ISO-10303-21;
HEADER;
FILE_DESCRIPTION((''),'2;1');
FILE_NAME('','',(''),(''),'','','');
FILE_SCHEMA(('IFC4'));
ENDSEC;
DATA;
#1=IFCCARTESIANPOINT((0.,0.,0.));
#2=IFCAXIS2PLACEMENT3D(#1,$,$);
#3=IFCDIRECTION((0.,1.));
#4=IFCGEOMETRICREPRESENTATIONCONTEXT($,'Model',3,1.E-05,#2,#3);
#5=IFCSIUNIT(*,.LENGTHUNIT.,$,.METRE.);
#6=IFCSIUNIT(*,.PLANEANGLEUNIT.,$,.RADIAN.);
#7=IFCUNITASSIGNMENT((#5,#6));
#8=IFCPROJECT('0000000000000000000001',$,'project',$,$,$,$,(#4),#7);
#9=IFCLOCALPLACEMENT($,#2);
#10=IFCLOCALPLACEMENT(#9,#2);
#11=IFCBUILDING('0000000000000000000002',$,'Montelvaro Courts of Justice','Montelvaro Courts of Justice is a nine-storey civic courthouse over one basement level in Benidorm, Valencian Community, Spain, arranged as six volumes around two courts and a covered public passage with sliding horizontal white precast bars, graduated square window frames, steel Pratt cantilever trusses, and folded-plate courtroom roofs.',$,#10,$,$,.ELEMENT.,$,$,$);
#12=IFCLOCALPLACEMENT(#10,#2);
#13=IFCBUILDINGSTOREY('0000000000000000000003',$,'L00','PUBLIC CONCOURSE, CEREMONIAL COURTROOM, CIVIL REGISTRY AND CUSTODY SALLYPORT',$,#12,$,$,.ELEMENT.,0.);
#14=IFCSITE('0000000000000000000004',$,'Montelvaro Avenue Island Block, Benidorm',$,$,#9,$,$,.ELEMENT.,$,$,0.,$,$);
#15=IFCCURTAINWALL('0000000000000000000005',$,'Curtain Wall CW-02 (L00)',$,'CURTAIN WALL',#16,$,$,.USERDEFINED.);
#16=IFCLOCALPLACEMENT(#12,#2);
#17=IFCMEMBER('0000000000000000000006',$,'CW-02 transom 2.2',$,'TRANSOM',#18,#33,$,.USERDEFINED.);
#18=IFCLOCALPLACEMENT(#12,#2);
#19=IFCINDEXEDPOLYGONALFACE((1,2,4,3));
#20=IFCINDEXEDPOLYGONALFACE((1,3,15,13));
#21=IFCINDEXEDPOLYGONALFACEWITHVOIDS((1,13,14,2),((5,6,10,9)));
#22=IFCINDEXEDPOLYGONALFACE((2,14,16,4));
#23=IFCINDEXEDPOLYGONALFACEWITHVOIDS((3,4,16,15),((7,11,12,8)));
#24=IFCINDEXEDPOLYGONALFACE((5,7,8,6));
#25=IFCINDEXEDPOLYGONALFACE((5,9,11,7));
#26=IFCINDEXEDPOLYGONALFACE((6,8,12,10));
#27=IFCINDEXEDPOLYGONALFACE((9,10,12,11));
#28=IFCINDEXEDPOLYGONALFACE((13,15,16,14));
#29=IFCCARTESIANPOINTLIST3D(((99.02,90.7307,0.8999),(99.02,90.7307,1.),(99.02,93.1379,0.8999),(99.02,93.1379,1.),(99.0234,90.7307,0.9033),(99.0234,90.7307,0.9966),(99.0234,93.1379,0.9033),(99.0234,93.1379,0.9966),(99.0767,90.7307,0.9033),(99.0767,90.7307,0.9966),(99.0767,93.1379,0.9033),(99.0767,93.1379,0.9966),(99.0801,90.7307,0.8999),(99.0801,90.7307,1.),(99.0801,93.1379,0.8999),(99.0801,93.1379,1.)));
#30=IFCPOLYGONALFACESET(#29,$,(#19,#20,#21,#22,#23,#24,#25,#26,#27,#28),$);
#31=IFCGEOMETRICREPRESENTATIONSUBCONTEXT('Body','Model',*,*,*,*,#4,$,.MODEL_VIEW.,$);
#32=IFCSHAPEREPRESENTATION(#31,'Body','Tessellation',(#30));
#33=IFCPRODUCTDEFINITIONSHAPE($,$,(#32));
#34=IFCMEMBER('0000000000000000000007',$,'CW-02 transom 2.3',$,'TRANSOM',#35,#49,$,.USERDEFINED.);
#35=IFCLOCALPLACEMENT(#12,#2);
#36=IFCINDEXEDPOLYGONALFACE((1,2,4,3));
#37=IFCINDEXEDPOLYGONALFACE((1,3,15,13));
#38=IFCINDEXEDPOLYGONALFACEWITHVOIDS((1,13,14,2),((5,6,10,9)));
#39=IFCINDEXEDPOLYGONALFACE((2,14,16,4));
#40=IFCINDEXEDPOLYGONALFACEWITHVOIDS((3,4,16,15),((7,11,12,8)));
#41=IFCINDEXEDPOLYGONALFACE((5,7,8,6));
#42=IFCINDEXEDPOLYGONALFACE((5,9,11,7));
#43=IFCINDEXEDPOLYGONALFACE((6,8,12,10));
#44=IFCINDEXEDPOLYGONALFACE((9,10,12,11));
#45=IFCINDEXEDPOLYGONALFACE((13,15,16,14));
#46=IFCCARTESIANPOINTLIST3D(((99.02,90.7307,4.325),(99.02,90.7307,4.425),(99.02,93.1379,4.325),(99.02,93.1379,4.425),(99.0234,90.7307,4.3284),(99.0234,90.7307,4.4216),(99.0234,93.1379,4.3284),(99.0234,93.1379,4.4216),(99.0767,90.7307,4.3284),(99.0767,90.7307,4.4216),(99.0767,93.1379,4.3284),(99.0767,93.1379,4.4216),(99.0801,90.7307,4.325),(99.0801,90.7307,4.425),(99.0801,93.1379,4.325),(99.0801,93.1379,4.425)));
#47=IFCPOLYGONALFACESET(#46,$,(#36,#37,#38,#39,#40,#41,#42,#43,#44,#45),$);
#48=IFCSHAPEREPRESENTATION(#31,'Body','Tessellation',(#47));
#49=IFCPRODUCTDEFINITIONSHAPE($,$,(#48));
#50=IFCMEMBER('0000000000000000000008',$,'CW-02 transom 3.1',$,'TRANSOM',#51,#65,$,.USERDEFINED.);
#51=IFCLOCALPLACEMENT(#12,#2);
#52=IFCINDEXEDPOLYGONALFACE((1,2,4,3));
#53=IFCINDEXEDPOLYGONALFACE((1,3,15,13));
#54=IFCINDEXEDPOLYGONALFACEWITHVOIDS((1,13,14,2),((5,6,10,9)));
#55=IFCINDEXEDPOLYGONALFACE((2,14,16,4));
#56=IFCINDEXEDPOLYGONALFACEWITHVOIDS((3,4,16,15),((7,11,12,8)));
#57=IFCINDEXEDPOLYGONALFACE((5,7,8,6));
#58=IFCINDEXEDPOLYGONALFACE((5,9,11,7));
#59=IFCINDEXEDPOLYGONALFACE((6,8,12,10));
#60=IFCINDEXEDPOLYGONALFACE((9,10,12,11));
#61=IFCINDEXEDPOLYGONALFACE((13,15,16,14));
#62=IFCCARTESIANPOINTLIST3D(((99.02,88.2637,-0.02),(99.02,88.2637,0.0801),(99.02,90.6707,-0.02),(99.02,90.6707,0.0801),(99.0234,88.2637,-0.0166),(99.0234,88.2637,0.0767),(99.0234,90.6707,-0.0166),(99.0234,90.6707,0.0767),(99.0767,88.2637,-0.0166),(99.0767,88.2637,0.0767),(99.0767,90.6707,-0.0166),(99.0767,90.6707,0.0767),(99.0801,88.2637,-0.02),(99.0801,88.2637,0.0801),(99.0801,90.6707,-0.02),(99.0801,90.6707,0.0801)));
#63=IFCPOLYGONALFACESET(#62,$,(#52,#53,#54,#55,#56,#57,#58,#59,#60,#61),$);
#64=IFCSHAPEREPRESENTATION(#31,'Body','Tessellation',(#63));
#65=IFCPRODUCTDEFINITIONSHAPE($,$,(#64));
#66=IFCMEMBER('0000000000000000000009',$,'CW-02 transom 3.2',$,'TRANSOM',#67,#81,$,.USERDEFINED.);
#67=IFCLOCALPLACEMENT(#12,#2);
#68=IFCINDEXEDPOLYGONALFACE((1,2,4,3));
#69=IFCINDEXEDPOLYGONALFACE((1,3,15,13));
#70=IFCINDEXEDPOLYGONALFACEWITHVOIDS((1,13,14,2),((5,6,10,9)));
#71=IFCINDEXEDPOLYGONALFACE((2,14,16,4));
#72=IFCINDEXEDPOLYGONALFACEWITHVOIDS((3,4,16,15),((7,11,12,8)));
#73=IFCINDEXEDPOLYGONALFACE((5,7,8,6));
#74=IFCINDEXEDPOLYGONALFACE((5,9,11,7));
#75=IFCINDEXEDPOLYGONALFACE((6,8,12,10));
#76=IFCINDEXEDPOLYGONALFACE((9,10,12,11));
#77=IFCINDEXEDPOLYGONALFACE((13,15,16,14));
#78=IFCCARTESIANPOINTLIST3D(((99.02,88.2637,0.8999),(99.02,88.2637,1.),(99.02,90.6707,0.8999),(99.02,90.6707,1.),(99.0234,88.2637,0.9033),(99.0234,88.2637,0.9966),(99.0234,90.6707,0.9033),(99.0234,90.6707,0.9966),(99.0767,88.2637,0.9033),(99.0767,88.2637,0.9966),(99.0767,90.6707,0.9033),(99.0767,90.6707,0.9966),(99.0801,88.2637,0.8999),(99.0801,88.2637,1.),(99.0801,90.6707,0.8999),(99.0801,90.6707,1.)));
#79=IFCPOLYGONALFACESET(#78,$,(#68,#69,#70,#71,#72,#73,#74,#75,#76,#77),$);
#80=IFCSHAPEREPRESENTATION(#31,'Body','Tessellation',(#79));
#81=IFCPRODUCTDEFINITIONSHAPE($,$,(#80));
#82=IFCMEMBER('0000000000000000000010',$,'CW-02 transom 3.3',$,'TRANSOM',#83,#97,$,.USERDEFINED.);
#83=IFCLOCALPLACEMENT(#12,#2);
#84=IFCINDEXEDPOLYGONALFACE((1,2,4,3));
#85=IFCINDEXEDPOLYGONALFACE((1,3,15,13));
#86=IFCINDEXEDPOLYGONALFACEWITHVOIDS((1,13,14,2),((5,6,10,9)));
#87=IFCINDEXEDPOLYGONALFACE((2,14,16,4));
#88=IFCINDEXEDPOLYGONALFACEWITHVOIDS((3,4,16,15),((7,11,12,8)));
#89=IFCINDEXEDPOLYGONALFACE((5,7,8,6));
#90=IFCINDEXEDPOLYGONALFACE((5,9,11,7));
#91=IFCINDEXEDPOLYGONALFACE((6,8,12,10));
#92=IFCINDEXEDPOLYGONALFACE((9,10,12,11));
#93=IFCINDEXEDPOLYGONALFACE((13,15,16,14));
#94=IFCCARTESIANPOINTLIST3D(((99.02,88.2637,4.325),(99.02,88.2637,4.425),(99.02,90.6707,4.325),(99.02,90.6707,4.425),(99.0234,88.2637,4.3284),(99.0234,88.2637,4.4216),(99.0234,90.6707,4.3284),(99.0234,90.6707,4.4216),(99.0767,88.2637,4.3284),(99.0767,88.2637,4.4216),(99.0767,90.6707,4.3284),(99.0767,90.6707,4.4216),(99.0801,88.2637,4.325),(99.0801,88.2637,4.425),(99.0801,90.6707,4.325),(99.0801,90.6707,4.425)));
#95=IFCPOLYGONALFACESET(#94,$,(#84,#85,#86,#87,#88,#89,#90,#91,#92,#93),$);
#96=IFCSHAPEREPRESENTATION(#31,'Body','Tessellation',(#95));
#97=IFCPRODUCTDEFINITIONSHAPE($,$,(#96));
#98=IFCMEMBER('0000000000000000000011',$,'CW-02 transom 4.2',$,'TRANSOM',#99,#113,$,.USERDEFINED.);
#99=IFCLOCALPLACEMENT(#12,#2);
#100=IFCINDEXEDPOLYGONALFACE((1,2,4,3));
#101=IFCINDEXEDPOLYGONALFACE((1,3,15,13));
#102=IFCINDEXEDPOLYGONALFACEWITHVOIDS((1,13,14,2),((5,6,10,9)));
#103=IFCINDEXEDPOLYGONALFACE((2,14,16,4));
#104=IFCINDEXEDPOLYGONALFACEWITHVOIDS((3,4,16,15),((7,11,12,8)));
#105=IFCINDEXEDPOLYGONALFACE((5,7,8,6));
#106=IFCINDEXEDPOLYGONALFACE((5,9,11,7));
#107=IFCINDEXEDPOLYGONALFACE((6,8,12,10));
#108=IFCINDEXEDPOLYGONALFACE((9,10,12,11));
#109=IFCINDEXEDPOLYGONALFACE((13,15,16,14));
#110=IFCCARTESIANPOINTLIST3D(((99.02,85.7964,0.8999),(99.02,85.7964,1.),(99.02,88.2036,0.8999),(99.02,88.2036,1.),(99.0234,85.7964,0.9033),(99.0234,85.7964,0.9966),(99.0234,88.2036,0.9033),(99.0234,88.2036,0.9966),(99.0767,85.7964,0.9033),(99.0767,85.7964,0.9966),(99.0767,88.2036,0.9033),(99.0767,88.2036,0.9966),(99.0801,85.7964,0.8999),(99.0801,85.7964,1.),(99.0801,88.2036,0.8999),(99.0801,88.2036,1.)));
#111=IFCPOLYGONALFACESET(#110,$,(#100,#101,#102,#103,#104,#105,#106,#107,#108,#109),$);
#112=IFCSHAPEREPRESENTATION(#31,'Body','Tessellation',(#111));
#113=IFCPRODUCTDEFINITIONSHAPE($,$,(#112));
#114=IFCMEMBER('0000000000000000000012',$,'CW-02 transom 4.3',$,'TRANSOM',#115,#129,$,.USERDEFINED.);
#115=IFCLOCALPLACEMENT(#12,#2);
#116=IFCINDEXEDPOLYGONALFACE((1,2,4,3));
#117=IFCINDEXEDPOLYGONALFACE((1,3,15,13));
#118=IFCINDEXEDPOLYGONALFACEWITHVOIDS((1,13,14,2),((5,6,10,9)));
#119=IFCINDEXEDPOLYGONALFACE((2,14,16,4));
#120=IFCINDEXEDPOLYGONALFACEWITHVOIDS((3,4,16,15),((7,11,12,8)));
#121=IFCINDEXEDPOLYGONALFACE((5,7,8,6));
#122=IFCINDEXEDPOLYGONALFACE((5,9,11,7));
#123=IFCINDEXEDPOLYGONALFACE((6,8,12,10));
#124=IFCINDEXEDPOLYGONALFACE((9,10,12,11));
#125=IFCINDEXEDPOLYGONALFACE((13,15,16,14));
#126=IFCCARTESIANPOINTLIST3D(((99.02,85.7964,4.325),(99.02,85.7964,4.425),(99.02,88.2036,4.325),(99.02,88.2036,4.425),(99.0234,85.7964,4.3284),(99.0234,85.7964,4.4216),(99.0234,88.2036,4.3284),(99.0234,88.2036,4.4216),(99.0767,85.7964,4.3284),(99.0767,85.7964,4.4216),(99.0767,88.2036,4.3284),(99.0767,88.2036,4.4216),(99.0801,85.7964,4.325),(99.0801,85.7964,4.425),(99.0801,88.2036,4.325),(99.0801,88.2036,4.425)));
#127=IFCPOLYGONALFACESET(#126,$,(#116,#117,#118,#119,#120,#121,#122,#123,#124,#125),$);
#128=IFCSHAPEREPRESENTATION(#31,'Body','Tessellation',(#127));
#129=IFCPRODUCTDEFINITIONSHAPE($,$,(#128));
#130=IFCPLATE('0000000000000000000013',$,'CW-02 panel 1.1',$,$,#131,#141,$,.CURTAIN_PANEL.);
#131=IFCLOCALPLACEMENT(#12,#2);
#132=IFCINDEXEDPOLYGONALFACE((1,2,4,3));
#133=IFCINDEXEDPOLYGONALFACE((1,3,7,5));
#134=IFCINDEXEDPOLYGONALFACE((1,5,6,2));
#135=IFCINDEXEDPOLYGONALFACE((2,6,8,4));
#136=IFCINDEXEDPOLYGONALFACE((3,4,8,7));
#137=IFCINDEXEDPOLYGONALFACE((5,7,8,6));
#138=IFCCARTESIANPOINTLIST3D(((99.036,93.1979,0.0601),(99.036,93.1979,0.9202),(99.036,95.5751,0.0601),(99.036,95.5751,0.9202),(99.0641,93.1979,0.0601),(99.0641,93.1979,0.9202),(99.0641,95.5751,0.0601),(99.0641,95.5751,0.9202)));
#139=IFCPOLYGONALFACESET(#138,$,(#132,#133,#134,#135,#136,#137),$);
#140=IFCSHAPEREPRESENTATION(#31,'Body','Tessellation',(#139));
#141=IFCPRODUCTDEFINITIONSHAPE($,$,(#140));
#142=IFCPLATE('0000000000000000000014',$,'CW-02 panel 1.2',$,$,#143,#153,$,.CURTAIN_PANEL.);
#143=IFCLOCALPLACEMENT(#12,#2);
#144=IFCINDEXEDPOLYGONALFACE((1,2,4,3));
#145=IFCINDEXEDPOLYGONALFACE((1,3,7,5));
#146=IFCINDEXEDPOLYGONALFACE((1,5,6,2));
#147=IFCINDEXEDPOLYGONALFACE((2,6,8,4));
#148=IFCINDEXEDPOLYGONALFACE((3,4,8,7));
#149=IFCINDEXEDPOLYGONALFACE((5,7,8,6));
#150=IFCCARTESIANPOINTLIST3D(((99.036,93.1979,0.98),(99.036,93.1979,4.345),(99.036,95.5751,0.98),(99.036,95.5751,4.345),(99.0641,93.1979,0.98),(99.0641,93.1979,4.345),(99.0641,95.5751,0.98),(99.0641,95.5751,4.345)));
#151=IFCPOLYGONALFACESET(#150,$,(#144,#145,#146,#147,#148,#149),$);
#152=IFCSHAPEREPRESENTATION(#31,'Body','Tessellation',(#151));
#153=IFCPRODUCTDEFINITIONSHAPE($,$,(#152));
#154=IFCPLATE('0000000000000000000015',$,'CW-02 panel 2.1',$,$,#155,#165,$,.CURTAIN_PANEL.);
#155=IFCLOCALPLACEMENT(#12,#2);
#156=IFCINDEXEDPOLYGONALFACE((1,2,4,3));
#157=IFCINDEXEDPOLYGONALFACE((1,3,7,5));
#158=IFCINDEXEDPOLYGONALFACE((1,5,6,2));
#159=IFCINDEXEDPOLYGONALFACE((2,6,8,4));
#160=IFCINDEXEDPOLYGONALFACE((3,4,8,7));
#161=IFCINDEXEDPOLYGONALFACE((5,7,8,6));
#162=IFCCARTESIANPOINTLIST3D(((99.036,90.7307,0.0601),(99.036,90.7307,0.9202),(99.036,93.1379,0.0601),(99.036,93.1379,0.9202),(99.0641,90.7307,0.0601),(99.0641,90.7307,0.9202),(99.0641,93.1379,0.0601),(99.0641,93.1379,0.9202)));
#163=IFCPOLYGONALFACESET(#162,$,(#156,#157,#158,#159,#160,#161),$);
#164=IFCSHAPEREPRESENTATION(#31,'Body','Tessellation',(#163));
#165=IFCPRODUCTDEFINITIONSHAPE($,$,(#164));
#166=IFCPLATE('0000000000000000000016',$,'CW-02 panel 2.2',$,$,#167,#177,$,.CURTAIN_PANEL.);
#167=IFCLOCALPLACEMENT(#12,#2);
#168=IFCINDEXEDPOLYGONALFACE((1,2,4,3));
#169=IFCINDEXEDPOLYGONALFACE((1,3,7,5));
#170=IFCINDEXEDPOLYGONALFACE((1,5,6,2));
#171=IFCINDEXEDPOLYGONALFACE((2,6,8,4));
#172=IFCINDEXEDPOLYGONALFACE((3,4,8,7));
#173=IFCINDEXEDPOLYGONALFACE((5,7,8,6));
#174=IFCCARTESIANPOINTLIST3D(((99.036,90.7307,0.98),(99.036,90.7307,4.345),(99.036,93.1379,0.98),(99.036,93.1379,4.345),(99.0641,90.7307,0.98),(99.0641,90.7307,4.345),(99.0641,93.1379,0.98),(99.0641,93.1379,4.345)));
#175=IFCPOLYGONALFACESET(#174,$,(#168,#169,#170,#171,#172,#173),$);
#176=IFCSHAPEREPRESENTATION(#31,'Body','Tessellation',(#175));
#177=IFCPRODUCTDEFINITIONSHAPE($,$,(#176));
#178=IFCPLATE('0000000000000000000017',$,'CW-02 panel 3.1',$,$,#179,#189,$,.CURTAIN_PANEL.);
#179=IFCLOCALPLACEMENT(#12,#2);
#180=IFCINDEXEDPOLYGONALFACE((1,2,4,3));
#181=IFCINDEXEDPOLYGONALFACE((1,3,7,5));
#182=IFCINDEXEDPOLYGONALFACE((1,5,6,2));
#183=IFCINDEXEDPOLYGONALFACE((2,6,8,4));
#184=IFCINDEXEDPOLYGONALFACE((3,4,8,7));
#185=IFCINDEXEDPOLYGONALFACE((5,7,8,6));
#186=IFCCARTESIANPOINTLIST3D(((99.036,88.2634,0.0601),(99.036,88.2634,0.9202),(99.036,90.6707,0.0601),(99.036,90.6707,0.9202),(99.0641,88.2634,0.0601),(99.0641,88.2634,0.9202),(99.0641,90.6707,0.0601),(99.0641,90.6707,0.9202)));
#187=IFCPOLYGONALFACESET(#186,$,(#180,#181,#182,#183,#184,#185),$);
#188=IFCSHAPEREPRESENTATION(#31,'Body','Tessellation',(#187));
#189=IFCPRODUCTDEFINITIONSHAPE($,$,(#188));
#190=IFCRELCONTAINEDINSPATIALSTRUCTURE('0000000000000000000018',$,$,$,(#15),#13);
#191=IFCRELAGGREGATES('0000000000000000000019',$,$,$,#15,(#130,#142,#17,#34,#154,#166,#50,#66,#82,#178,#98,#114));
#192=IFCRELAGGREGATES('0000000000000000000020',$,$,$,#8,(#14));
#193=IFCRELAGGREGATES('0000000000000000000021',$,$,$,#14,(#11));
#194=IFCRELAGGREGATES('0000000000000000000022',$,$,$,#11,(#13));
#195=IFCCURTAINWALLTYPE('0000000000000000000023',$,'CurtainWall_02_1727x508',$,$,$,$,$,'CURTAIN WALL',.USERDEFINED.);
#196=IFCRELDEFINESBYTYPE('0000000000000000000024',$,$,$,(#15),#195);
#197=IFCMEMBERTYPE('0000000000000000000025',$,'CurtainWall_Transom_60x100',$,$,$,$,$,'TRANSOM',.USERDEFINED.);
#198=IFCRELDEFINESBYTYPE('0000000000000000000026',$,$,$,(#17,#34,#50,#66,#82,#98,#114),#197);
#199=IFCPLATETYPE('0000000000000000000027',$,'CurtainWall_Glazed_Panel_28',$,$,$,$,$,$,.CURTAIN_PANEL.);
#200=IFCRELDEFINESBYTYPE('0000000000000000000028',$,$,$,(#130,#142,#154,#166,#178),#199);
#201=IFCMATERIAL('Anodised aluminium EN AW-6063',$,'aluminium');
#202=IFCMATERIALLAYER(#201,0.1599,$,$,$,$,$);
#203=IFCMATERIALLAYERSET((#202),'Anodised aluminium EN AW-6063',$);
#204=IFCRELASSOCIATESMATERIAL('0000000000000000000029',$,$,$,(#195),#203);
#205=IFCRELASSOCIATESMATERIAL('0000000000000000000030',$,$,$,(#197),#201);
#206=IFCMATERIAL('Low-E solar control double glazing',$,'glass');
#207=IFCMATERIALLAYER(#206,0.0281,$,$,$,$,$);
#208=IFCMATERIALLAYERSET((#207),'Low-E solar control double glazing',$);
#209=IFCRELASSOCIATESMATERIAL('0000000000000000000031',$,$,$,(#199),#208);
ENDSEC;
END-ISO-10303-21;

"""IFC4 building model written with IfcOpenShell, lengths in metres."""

from ifc_helpers import new_model, si_unit, direction, frame, origin, origin_2d, place, context, subcontext, project, spatial, rectangle, hollow_rectangle, extrude, material, layer, layer_set, material_profile, profile_set, type_object, element, aggregate, save


model = new_model("IFC4")

# Units and contexts
model_context = context("Model", 3, precision=1e-05, world=origin(), true_north=direction((0.0, 1.0)))
body_context = subcontext(model_context, "Body", "Model", "MODEL_VIEW")
ifc_project = project(units=[si_unit("LENGTHUNIT", "METRE"), si_unit("PLANEANGLEUNIT", "RADIAN")], contexts=[model_context])

# Site, building, storey
site_placement = place(None, origin())
site = spatial("IfcSite", under=ifc_project, at=site_placement, Name="Montelvaro Avenue Island Block, Benidorm", CompositionType="ELEMENT", RefElevation=0.0)
building_placement = place(site_placement, origin())
building = spatial("IfcBuilding", under=site, at=building_placement, Name="Montelvaro Courts of Justice", Description="Montelvaro Courts of Justice is a nine-storey civic courthouse over one basement level in Benidorm, Valencian Community, Spain, arranged as six volumes around two courts and a covered public passage with sliding horizontal white precast bars, graduated square window frames, steel Pratt cantilever trusses, and folded-plate courtroom roofs.", CompositionType="ELEMENT")
storey_placement = place(building_placement, origin())
storey = spatial("IfcBuildingStorey", under=building, at=storey_placement, Name="L00", Description="PUBLIC CONCOURSE, CEREMONIAL COURTROOM, CIVIL REGISTRY AND CUSTODY SALLYPORT", CompositionType="ELEMENT", Elevation=0.0)

# Curtain wall, members, plates
ifc_material_1 = material(Name="Anodised aluminium EN AW-6063", Category="aluminium")
ifc_layer_1 = layer(ifc_material_1, 0.1599)
ifc_layer_set_1 = layer_set([ifc_layer_1], Name="Anodised aluminium EN AW-6063")
curtain_wall_type = type_object("IfcCurtainWallType", Name="CurtainWall_02_1727x508", ElementType="CURTAIN WALL", PredefinedType="USERDEFINED", material=ifc_layer_set_1)
curtain_wall_placement = place(storey_placement, origin())
curtain_wall = element("IfcCurtainWall", 1, at=curtain_wall_placement, inside=storey, type_object=curtain_wall_type, Name="Curtain Wall CW-02 (L00)", ObjectType="CURTAIN WALL", PredefinedType="USERDEFINED")
ifc_material_profile_1 = material_profile(ifc_material_1, hollow_rectangle(XDim=0.0601, YDim=0.1001, WallThickness=0.0034, at=origin_2d()), Name="ALU-T 60x100")
ifc_profile_set_1 = profile_set([ifc_material_profile_1], Name="Anodised aluminium EN AW-6063")
member_type_1 = type_object("IfcMemberType", Name="CurtainWall_Transom_60x100", ElementType="TRANSOM", PredefinedType="USERDEFINED", material=ifc_profile_set_1)
member_1_placement = place(storey_placement, frame((99.05, 93.1379, 0.95), z_axis=(0.0, -1.0, 0.0), x_axis=(1.0, 0.0, 0.0)))
member_1 = element("IfcMember", 2, at=member_1_placement, type_object=member_type_1, Name="CW-02 transom 2.2", ObjectType="TRANSOM", PredefinedType="USERDEFINED", context=body_context, shape_type="SweptSolid", body=[
    extrude(hollow_rectangle(XDim=0.0601, YDim=0.1001, WallThickness=0.0034, at=origin_2d()), origin(), (0.0, 0.0, 1.0), 2.4072),
])
member_2_placement = place(storey_placement, frame((99.05, 93.1379, 4.375), z_axis=(0.0, -1.0, 0.0), x_axis=(1.0, 0.0, 0.0)))
member_2 = element("IfcMember", 3, at=member_2_placement, type_object=member_type_1, Name="CW-02 transom 2.3", ObjectType="TRANSOM", PredefinedType="USERDEFINED", context=body_context, shape_type="SweptSolid", body=[
    extrude(hollow_rectangle(XDim=0.0601, YDim=0.1001, WallThickness=0.0034, at=origin_2d()), origin(), (0.0, 0.0, 1.0), 2.4072),
])
member_3_placement = place(storey_placement, frame((99.05, 90.6707, 0.03), z_axis=(0.0, -1.0, 0.0), x_axis=(1.0, 0.0, 0.0)))
member_3 = element("IfcMember", 4, at=member_3_placement, type_object=member_type_1, Name="CW-02 transom 3.1", ObjectType="TRANSOM", PredefinedType="USERDEFINED", context=body_context, shape_type="SweptSolid", body=[
    extrude(hollow_rectangle(XDim=0.0601, YDim=0.1001, WallThickness=0.0034, at=origin_2d()), origin(), (0.0, 0.0, 1.0), 2.407),
])
member_4_placement = place(storey_placement, frame((99.05, 90.6707, 0.95), z_axis=(0.0, -1.0, 0.0), x_axis=(1.0, 0.0, 0.0)))
member_4 = element("IfcMember", 5, at=member_4_placement, type_object=member_type_1, Name="CW-02 transom 3.2", ObjectType="TRANSOM", PredefinedType="USERDEFINED", context=body_context, shape_type="SweptSolid", body=[
    extrude(hollow_rectangle(XDim=0.0601, YDim=0.1001, WallThickness=0.0034, at=origin_2d()), origin(), (0.0, 0.0, 1.0), 2.407),
])
member_5_placement = place(storey_placement, frame((99.05, 90.6707, 4.375), z_axis=(0.0, -1.0, 0.0), x_axis=(1.0, 0.0, 0.0)))
member_5 = element("IfcMember", 6, at=member_5_placement, type_object=member_type_1, Name="CW-02 transom 3.3", ObjectType="TRANSOM", PredefinedType="USERDEFINED", context=body_context, shape_type="SweptSolid", body=[
    extrude(hollow_rectangle(XDim=0.0601, YDim=0.1001, WallThickness=0.0034, at=origin_2d()), origin(), (0.0, 0.0, 1.0), 2.407),
])
member_6_placement = place(storey_placement, frame((99.05, 88.2036, 0.95), z_axis=(0.0, -1.0, 0.0), x_axis=(1.0, 0.0, 0.0)))
member_6 = element("IfcMember", 7, at=member_6_placement, type_object=member_type_1, Name="CW-02 transom 4.2", ObjectType="TRANSOM", PredefinedType="USERDEFINED", context=body_context, shape_type="SweptSolid", body=[
    extrude(hollow_rectangle(XDim=0.0601, YDim=0.1001, WallThickness=0.0034, at=origin_2d()), origin(), (0.0, 0.0, 1.0), 2.4072),
])
member_7_placement = place(storey_placement, frame((99.05, 88.2036, 4.375), z_axis=(0.0, -1.0, 0.0), x_axis=(1.0, 0.0, 0.0)))
member_7 = element("IfcMember", 8, at=member_7_placement, type_object=member_type_1, Name="CW-02 transom 4.3", ObjectType="TRANSOM", PredefinedType="USERDEFINED", context=body_context, shape_type="SweptSolid", body=[
    extrude(hollow_rectangle(XDim=0.0601, YDim=0.1001, WallThickness=0.0034, at=origin_2d()), origin(), (0.0, 0.0, 1.0), 2.4072),
])
ifc_material_2 = material(Name="Low-E solar control double glazing", Category="glass")
ifc_layer_2 = layer(ifc_material_2, 0.0281)
ifc_layer_set_2 = layer_set([ifc_layer_2], Name="Low-E solar control double glazing")
plate_type_1 = type_object("IfcPlateType", Name="CurtainWall_Glazed_Panel_28", PredefinedType="CURTAIN_PANEL", material=ifc_layer_set_2)
plate_1_placement = place(storey_placement, frame((99.05, 94.3865, 0.0601), z_axis=(0.0, 0.0, 1.0), x_axis=(0.0, -1.0, 0.0)))
plate_1 = element("IfcPlate", 9, at=plate_1_placement, type_object=plate_type_1, Name="CW-02 panel 1.1", PredefinedType="CURTAIN_PANEL", context=body_context, shape_type="SweptSolid", body=[
    extrude(rectangle(XDim=2.3772, YDim=0.0281, at=origin_2d()), origin(), (0.0, 0.0, 1.0), 0.8601),
])
plate_2_placement = place(storey_placement, frame((99.05, 94.3865, 0.98), z_axis=(0.0, 0.0, 1.0), x_axis=(0.0, -1.0, 0.0)))
plate_2 = element("IfcPlate", 10, at=plate_2_placement, type_object=plate_type_1, Name="CW-02 panel 1.2", PredefinedType="CURTAIN_PANEL", context=body_context, shape_type="SweptSolid", body=[
    extrude(rectangle(XDim=2.3772, YDim=0.0281, at=origin_2d()), origin(), (0.0, 0.0, 1.0), 3.365),
])
plate_3_placement = place(storey_placement, frame((99.05, 91.9343, 0.0601), z_axis=(0.0, 0.0, 1.0), x_axis=(0.0, -1.0, 0.0)))
plate_3 = element("IfcPlate", 11, at=plate_3_placement, type_object=plate_type_1, Name="CW-02 panel 2.1", PredefinedType="CURTAIN_PANEL", context=body_context, shape_type="SweptSolid", body=[
    extrude(rectangle(XDim=2.4072, YDim=0.0281, at=origin_2d()), origin(), (0.0, 0.0, 1.0), 0.8601),
])
plate_4_placement = place(storey_placement, frame((99.05, 91.9343, 0.98), z_axis=(0.0, 0.0, 1.0), x_axis=(0.0, -1.0, 0.0)))
plate_4 = element("IfcPlate", 12, at=plate_4_placement, type_object=plate_type_1, Name="CW-02 panel 2.2", PredefinedType="CURTAIN_PANEL", context=body_context, shape_type="SweptSolid", body=[
    extrude(rectangle(XDim=2.4072, YDim=0.0281, at=origin_2d()), origin(), (0.0, 0.0, 1.0), 3.365),
])
plate_5_placement = place(storey_placement, frame((99.05, 89.467, 0.0601), z_axis=(0.0, 0.0, 1.0), x_axis=(0.0, -1.0, 0.0)))
plate_5 = element("IfcPlate", 13, at=plate_5_placement, type_object=plate_type_1, Name="CW-02 panel 3.1", PredefinedType="CURTAIN_PANEL", context=body_context, shape_type="SweptSolid", body=[
    extrude(rectangle(XDim=2.4072, YDim=0.0281, at=origin_2d()), origin(), (0.0, 0.0, 1.0), 0.8601),
])
aggregate(curtain_wall, [plate_1, plate_2, member_1, member_2, plate_3, plate_4, member_3, member_4, member_5, plate_5, member_6, member_7])

save(model, "model.ifc")
